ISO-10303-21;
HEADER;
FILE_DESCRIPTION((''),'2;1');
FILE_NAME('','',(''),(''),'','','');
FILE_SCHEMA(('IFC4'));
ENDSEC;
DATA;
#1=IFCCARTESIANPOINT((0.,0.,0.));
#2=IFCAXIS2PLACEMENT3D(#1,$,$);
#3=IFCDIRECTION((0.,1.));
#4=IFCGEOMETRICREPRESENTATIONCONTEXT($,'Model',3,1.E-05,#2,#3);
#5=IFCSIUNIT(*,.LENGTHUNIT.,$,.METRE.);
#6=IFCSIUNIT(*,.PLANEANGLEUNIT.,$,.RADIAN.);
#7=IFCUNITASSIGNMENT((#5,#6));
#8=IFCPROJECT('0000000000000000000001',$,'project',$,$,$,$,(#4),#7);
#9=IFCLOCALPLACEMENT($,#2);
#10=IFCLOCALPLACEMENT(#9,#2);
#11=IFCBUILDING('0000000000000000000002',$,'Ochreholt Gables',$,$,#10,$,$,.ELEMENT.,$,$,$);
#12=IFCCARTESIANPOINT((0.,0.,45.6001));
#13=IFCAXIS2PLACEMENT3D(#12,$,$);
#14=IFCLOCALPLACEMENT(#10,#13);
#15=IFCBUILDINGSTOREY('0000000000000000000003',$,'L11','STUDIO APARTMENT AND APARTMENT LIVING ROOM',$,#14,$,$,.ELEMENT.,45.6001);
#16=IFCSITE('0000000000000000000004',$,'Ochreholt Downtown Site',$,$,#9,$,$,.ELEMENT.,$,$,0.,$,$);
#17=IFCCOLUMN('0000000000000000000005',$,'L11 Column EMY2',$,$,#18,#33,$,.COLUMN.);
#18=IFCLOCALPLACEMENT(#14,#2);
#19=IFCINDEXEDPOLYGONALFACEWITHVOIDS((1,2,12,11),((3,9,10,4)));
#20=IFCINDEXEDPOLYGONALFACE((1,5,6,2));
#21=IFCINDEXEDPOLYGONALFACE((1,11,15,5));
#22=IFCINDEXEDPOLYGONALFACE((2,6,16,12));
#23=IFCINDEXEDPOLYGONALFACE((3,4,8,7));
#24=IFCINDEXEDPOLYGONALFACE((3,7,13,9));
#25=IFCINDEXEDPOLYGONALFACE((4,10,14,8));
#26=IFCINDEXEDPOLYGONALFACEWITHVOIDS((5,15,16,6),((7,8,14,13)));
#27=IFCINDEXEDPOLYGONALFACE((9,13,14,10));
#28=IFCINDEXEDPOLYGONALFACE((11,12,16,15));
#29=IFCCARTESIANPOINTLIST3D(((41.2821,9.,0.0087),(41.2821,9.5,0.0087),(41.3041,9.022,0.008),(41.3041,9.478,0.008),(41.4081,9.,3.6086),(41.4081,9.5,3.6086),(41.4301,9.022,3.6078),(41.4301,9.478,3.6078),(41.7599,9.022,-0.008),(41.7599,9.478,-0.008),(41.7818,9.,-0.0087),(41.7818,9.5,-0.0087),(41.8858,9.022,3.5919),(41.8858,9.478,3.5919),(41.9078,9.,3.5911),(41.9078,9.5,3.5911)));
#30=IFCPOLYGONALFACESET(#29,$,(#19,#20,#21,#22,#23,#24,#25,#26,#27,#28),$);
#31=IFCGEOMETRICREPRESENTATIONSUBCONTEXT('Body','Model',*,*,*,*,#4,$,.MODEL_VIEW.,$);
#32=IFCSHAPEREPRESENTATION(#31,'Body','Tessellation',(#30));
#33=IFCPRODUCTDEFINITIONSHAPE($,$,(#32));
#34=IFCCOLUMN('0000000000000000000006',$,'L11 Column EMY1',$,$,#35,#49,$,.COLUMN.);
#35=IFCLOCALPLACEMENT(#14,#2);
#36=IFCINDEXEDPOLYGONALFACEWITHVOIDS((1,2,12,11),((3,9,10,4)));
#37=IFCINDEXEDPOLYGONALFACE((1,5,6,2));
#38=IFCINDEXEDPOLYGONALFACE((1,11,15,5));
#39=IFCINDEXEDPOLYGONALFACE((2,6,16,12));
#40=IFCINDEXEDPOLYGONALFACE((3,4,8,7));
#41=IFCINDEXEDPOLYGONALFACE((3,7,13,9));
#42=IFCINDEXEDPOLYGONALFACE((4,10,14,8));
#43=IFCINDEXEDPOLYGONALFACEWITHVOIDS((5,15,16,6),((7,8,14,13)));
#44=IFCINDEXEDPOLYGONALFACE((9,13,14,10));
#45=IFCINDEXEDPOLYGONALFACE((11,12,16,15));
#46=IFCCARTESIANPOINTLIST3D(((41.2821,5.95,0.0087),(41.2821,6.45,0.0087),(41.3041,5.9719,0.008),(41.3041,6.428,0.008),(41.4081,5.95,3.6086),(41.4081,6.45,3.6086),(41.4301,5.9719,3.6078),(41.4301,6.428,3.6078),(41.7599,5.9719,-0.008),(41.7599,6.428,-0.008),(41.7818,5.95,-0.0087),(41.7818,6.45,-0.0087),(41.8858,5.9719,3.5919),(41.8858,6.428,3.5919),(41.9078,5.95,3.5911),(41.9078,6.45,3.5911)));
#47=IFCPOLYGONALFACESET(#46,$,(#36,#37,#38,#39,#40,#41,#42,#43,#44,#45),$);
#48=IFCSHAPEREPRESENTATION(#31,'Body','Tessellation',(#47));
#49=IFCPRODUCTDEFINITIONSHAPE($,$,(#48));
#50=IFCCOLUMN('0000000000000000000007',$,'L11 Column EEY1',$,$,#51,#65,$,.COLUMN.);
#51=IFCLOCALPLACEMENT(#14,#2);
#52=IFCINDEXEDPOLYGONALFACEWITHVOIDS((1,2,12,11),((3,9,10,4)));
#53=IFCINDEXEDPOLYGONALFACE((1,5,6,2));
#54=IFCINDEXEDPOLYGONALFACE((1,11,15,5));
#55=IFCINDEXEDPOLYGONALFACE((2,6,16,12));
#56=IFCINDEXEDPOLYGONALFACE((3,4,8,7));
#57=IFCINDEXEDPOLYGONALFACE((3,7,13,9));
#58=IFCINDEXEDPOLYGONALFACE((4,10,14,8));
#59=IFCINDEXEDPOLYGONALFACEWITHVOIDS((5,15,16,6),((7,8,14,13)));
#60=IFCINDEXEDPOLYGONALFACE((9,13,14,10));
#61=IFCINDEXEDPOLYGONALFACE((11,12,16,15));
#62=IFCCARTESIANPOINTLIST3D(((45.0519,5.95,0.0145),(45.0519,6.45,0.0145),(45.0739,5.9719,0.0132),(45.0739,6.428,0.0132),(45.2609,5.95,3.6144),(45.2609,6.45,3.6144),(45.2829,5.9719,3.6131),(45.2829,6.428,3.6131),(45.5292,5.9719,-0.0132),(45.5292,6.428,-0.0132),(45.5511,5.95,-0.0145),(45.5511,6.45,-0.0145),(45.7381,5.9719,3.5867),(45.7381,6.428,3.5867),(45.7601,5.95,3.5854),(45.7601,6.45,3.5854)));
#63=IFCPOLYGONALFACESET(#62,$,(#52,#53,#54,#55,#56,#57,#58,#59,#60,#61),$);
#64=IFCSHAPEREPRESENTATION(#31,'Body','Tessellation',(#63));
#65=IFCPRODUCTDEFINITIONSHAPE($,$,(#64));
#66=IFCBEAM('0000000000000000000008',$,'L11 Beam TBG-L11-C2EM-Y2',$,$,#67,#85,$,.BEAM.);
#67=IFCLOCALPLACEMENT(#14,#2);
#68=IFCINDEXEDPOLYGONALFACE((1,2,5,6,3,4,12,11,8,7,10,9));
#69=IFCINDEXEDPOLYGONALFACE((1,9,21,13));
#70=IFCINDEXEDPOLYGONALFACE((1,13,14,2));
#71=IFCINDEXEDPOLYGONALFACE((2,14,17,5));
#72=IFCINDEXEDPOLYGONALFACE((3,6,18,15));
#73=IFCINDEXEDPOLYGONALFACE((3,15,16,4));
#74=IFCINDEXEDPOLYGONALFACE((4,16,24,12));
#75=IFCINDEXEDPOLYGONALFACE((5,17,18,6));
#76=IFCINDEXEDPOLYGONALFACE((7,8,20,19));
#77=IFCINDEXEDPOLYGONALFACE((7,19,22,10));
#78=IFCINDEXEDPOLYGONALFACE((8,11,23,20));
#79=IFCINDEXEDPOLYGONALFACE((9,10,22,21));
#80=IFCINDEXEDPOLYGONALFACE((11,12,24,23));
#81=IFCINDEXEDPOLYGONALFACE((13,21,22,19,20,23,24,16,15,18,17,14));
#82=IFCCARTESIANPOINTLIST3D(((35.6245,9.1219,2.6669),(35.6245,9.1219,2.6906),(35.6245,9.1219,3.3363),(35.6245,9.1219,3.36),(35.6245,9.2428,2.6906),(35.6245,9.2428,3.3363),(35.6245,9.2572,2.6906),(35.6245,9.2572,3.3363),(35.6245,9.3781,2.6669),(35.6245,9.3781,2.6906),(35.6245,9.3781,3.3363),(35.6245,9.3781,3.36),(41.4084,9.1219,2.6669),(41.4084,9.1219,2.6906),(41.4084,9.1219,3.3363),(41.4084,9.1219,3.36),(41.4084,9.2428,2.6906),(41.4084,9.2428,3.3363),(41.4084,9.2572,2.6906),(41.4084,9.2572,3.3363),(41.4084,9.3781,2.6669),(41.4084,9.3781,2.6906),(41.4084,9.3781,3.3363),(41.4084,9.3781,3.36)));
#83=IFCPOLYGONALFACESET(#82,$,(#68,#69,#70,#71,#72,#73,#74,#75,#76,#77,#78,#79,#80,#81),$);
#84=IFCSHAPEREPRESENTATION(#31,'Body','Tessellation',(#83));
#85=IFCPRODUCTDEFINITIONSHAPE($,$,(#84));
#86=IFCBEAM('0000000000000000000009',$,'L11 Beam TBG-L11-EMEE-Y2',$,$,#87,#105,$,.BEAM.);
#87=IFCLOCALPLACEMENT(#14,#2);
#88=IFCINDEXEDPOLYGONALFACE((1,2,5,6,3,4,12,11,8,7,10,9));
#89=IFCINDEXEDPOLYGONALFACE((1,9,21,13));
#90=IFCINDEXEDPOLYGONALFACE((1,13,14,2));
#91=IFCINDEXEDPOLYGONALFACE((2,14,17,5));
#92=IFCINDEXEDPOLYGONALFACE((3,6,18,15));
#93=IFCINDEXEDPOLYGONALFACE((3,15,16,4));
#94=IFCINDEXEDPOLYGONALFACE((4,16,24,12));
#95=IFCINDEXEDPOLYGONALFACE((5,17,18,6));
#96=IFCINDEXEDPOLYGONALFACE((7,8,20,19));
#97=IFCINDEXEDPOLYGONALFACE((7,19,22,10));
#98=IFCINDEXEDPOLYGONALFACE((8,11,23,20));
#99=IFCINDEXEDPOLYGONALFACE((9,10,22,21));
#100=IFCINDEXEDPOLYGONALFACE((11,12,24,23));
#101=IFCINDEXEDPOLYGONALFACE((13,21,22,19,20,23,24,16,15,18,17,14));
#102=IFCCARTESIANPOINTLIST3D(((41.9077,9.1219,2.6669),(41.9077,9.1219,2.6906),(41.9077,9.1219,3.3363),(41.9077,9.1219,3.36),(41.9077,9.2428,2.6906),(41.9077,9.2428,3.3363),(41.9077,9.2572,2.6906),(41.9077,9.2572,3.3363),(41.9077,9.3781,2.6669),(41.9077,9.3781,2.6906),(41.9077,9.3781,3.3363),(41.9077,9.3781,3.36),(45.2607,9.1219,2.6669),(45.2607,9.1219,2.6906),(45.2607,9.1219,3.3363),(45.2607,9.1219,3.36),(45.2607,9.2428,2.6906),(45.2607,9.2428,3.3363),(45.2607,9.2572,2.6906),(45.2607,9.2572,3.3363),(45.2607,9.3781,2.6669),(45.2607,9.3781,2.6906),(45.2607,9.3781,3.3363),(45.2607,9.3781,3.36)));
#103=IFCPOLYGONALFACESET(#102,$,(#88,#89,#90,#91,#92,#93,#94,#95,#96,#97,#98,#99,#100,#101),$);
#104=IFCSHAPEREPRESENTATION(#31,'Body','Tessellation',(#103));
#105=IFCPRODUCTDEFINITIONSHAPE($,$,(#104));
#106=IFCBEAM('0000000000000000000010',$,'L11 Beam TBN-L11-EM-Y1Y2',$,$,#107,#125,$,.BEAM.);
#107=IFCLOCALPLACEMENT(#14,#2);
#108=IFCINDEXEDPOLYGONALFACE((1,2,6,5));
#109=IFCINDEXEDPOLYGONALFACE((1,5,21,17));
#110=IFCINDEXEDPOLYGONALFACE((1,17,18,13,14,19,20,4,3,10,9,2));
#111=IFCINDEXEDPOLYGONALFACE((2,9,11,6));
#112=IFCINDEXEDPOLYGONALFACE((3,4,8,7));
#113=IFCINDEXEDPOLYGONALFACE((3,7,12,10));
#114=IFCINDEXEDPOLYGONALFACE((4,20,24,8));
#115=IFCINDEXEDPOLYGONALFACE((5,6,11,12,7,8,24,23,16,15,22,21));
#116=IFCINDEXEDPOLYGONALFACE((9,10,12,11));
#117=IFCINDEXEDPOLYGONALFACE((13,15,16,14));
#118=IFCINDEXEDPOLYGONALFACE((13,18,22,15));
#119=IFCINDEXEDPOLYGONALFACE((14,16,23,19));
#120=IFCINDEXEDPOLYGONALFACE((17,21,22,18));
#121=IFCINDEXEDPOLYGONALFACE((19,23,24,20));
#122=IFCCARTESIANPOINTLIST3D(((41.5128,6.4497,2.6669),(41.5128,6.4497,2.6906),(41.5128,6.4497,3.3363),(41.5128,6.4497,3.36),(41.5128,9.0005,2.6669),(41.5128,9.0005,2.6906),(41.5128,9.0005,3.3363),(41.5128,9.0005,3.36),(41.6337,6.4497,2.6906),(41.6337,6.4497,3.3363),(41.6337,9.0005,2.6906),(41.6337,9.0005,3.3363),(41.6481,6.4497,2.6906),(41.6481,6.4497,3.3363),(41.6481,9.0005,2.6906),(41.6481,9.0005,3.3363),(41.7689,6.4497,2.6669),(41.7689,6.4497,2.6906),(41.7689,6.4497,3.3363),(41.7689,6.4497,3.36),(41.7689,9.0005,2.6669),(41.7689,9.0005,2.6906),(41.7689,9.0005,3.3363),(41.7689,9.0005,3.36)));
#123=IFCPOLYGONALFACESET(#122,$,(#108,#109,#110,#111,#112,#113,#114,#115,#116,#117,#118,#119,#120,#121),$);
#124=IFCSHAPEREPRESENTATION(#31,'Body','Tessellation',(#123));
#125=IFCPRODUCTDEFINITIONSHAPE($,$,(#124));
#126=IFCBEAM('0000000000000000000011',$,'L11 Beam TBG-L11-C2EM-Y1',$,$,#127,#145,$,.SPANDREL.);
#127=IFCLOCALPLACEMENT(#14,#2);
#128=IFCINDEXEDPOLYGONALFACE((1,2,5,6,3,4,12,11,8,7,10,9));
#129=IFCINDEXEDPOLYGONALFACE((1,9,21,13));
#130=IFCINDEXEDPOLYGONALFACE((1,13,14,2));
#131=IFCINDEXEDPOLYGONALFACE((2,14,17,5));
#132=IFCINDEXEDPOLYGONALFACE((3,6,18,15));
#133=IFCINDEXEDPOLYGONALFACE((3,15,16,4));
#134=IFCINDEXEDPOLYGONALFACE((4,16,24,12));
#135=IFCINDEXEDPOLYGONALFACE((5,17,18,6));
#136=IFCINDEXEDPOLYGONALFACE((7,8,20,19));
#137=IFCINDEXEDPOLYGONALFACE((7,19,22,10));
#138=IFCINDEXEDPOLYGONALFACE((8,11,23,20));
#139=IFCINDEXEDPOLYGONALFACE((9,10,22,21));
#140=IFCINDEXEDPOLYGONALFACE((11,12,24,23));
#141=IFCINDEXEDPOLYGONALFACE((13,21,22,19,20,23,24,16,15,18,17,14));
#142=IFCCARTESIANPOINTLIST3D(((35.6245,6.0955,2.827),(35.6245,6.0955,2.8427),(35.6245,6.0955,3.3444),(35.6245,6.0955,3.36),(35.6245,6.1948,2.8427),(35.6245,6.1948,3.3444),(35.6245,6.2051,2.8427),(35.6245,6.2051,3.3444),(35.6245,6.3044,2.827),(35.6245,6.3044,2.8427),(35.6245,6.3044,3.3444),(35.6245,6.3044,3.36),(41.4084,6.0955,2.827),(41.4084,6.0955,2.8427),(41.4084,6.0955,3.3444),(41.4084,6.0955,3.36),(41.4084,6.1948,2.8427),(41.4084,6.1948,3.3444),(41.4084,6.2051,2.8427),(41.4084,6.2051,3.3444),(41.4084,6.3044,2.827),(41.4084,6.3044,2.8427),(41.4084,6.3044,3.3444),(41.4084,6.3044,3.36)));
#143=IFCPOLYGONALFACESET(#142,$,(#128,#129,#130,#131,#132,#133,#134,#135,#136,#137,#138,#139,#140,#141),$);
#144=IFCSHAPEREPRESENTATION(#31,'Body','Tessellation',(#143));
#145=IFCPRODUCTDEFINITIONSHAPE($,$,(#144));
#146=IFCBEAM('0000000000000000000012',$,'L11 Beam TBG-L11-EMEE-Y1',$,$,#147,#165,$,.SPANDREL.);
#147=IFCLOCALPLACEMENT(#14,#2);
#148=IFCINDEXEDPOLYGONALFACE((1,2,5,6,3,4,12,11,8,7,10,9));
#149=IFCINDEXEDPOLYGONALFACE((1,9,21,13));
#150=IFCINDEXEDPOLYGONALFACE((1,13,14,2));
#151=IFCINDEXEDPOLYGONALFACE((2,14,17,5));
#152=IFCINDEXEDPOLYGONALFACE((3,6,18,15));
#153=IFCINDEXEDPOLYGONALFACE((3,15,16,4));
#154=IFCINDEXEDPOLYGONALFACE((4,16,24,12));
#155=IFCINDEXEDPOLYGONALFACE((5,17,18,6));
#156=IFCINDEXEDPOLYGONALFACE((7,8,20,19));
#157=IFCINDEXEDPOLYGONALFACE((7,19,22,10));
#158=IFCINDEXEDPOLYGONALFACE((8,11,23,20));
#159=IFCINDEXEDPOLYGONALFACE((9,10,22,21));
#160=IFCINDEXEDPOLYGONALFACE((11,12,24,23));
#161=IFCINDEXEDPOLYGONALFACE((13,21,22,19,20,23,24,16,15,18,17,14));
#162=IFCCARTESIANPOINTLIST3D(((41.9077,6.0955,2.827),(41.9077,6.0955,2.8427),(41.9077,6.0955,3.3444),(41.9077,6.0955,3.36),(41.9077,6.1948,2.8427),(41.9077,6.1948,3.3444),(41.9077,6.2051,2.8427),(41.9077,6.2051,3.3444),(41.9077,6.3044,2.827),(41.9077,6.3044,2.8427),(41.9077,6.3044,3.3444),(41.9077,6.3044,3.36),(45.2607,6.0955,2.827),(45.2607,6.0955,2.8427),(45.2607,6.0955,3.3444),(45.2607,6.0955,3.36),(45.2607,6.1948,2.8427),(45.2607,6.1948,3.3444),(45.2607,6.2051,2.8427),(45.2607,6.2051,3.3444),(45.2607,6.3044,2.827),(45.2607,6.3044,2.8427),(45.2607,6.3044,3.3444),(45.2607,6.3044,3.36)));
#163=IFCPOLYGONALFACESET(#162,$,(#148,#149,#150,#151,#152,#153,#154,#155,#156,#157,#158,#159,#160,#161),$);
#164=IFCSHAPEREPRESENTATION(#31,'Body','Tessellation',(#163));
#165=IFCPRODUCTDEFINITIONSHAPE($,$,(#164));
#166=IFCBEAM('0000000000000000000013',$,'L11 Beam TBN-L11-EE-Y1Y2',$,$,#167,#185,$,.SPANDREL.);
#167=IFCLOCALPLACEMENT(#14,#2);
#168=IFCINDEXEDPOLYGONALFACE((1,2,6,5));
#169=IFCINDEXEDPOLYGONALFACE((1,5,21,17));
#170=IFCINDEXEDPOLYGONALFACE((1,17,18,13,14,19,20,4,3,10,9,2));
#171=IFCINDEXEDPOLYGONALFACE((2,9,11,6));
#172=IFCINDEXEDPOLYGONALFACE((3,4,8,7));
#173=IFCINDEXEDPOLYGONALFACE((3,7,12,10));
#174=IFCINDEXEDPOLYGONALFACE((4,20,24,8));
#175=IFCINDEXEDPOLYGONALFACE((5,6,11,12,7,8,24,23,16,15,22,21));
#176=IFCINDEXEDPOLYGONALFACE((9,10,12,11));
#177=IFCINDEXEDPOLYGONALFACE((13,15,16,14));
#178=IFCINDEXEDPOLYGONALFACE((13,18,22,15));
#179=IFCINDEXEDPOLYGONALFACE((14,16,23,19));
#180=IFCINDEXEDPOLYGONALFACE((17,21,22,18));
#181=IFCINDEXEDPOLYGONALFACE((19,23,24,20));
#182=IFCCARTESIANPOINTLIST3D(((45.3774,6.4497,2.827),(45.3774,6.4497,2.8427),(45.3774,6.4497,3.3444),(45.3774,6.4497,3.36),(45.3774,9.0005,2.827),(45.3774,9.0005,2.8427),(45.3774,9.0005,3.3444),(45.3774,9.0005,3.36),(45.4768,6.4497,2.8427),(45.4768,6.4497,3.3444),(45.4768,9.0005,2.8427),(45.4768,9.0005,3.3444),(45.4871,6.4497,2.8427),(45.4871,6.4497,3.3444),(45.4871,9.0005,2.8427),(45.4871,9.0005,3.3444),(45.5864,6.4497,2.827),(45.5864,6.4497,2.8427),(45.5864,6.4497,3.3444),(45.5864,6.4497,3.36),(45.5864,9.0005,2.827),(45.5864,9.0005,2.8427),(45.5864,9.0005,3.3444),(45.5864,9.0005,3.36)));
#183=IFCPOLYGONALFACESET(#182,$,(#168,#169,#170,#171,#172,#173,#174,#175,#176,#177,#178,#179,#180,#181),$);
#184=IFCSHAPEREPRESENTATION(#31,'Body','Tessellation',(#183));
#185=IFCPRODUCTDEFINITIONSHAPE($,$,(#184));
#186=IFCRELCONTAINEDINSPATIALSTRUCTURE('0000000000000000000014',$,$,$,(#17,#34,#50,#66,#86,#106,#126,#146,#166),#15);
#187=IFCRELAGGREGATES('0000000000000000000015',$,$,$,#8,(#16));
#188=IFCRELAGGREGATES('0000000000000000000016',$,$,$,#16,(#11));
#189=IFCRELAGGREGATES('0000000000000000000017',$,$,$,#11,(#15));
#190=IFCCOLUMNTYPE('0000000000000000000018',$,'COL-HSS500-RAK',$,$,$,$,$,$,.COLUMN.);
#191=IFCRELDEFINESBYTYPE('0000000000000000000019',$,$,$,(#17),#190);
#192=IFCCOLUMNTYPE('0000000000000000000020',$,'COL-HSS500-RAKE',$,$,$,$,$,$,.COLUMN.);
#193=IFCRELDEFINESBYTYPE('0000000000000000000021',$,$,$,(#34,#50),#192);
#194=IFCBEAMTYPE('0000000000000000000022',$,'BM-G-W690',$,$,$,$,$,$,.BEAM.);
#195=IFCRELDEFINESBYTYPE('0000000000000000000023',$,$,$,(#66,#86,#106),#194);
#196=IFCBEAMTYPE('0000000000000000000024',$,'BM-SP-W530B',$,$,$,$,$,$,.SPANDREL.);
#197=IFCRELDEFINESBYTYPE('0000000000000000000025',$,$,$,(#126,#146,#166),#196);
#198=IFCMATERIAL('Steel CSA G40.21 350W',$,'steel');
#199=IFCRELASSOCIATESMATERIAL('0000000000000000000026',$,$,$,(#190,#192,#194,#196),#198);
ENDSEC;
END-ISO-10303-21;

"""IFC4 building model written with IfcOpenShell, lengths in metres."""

from ifc_helpers import new_model, si_unit, direction, frame, origin, origin_2d, place, context, subcontext, project, spatial, hollow_rectangle, i_section, extrude, material, material_profile, profile_set, type_object, element, save


model = new_model("IFC4")

# Units and contexts
model_context = context("Model", 3, precision=1e-05, world=origin(), true_north=direction((0.0, 1.0)))
body_context = subcontext(model_context, "Body", "Model", "MODEL_VIEW")
ifc_project = project(units=[si_unit("LENGTHUNIT", "METRE"), si_unit("PLANEANGLEUNIT", "RADIAN")], contexts=[model_context])

# Site, building, storey
site_placement = place(None, origin())
site = spatial("IfcSite", under=ifc_project, at=site_placement, Name="Ochreholt Downtown Site", CompositionType="ELEMENT", RefElevation=0.0)
building_placement = place(site_placement, origin())
building = spatial("IfcBuilding", under=site, at=building_placement, Name="Ochreholt Gables", CompositionType="ELEMENT")
storey_placement = place(building_placement, frame((0.0, 0.0, 45.6001)))
storey = spatial("IfcBuildingStorey", under=building, at=storey_placement, Name="L11", Description="STUDIO APARTMENT AND APARTMENT LIVING ROOM", CompositionType="ELEMENT", Elevation=45.6001)

# Columns
ifc_material_1 = material(Name="Steel CSA G40.21 350W", Category="steel")
ifc_material_profile_1 = material_profile(ifc_material_1, hollow_rectangle(XDim=0.5, YDim=0.5, WallThickness=0.022, at=origin_2d()), Name="HSS500X500X22")
ifc_profile_set_1 = profile_set([ifc_material_profile_1], Name="Steel CSA G40.21 350W")
column_type_1 = type_object("IfcColumnType", Name="COL-HSS500-RAK", PredefinedType="COLUMN", material=ifc_profile_set_1)
column_1_placement = place(storey_placement, frame((41.532, 9.25, 0.0), z_axis=(0.034974, 0.0, 0.999388), x_axis=(0.0, 1.0, 0.0)))
element("IfcColumn", 1, at=column_1_placement, inside=storey, type_object=column_type_1, Name="L11 Column EMY2", PredefinedType="COLUMN", context=body_context, shape_type="SweptSolid", body=[
    extrude(hollow_rectangle(XDim=0.5, YDim=0.5, WallThickness=0.022, at=origin_2d()), origin(), (0.0, 0.0, 1.0), 3.6021),
])
ifc_material_profile_2 = material_profile(ifc_material_1, hollow_rectangle(XDim=0.5, YDim=0.5, WallThickness=0.022, at=origin_2d()), Name="HSS500X500X22")
ifc_profile_set_2 = profile_set([ifc_material_profile_2], Name="Steel CSA G40.21 350W")
column_type_2 = type_object("IfcColumnType", Name="COL-HSS500-RAKE", PredefinedType="COLUMN", material=ifc_profile_set_2)
column_2_placement = place(storey_placement, frame((41.532, 6.2, 0.0), z_axis=(0.034974, 0.0, 0.999388), x_axis=(0.0, 1.0, 0.0)))
element("IfcColumn", 2, at=column_2_placement, inside=storey, type_object=column_type_2, Name="L11 Column EMY1", PredefinedType="COLUMN", context=body_context, shape_type="SweptSolid", body=[
    extrude(hollow_rectangle(XDim=0.5, YDim=0.5, WallThickness=0.022, at=origin_2d()), origin(), (0.0, 0.0, 1.0), 3.6021),
])
column_3_placement = place(storey_placement, frame((45.3015, 6.2, 0.0), z_axis=(0.057956, 0.0, 0.998319), x_axis=(0.0, 1.0, 0.0)))
element("IfcColumn", 3, at=column_3_placement, inside=storey, type_object=column_type_2, Name="L11 Column EEY1", PredefinedType="COLUMN", context=body_context, shape_type="SweptSolid", body=[
    extrude(hollow_rectangle(XDim=0.5, YDim=0.5, WallThickness=0.022, at=origin_2d()), origin(), (0.0, 0.0, 1.0), 3.606),
])

# Beams
ifc_material_profile_3 = material_profile(ifc_material_1, i_section(OverallWidth=0.2561, OverallDepth=0.6931, WebThickness=0.0144, FlangeThickness=0.0237, at=origin_2d()), Name="W690X170")
ifc_profile_set_3 = profile_set([ifc_material_profile_3], Name="Steel CSA G40.21 350W")
beam_type_1 = type_object("IfcBeamType", Name="BM-G-W690", PredefinedType="BEAM", material=ifc_profile_set_3)
beam_1_placement = place(storey_placement, frame((35.6245, 9.25, 3.0134), z_axis=(1.0, 0.0, 0.0), x_axis=(0.0, 1.0, 0.0)))
element("IfcBeam", 4, at=beam_1_placement, inside=storey, type_object=beam_type_1, Name="L11 Beam TBG-L11-C2EM-Y2", PredefinedType="BEAM", context=body_context, shape_type="SweptSolid", body=[
    extrude(i_section(OverallWidth=0.2561, OverallDepth=0.6931, WebThickness=0.0144, FlangeThickness=0.0237, at=origin_2d()), origin(), (0.0, 0.0, 1.0), 5.7839),
])
beam_2_placement = place(storey_placement, frame((41.9077, 9.25, 3.0134), z_axis=(1.0, 0.0, 0.0), x_axis=(0.0, 1.0, 0.0)))
element("IfcBeam", 5, at=beam_2_placement, inside=storey, type_object=beam_type_1, Name="L11 Beam TBG-L11-EMEE-Y2", PredefinedType="BEAM", context=body_context, shape_type="SweptSolid", body=[
    extrude(i_section(OverallWidth=0.2561, OverallDepth=0.6931, WebThickness=0.0144, FlangeThickness=0.0237, at=origin_2d()), origin(), (0.0, 0.0, 1.0), 3.353),
])
beam_3_placement = place(storey_placement, frame((41.6409, 6.4497, 3.0134), z_axis=(0.0, 1.0, 0.0), x_axis=(-1.0, 0.0, 0.0)))
element("IfcBeam", 6, at=beam_3_placement, inside=storey, type_object=beam_type_1, Name="L11 Beam TBN-L11-EM-Y1Y2", PredefinedType="BEAM", context=body_context, shape_type="SweptSolid", body=[
    extrude(i_section(OverallWidth=0.2561, OverallDepth=0.6931, WebThickness=0.0144, FlangeThickness=0.0237, at=origin_2d()), origin(), (0.0, 0.0, 1.0), 2.5508),
])
ifc_material_profile_4 = material_profile(ifc_material_1, i_section(OverallWidth=0.209, OverallDepth=0.533, WebThickness=0.0103, FlangeThickness=0.0156, at=origin_2d()), Name="W530X92")
ifc_profile_set_4 = profile_set([ifc_material_profile_4], Name="Steel CSA G40.21 350W")
beam_type_2 = type_object("IfcBeamType", Name="BM-SP-W530B", PredefinedType="SPANDREL", material=ifc_profile_set_4)
beam_4_placement = place(storey_placement, frame((35.6245, 6.2, 3.0935), z_axis=(1.0, 0.0, 0.0), x_axis=(0.0, 1.0, 0.0)))
element("IfcBeam", 7, at=beam_4_placement, inside=storey, type_object=beam_type_2, Name="L11 Beam TBG-L11-C2EM-Y1", PredefinedType="SPANDREL", context=body_context, shape_type="SweptSolid", body=[
    extrude(i_section(OverallWidth=0.209, OverallDepth=0.533, WebThickness=0.0103, FlangeThickness=0.0156, at=origin_2d()), origin(), (0.0, 0.0, 1.0), 5.7839),
])
beam_5_placement = place(storey_placement, frame((41.9077, 6.2, 3.0935), z_axis=(1.0, 0.0, 0.0), x_axis=(0.0, 1.0, 0.0)))
element("IfcBeam", 8, at=beam_5_placement, inside=storey, type_object=beam_type_2, Name="L11 Beam TBG-L11-EMEE-Y1", PredefinedType="SPANDREL", context=body_context, shape_type="SweptSolid", body=[
    extrude(i_section(OverallWidth=0.209, OverallDepth=0.533, WebThickness=0.0103, FlangeThickness=0.0156, at=origin_2d()), origin(), (0.0, 0.0, 1.0), 3.353),
])
beam_6_placement = place(storey_placement, frame((45.4819, 6.4497, 3.0935), z_axis=(0.0, 1.0, 0.0), x_axis=(-1.0, 0.0, 0.0)))
element("IfcBeam", 9, at=beam_6_placement, inside=storey, type_object=beam_type_2, Name="L11 Beam TBN-L11-EE-Y1Y2", PredefinedType="SPANDREL", context=body_context, shape_type="SweptSolid", body=[
    extrude(i_section(OverallWidth=0.209, OverallDepth=0.533, WebThickness=0.0103, FlangeThickness=0.0156, at=origin_2d()), origin(), (0.0, 0.0, 1.0), 2.5508),
])

save(model, "model.ifc")
